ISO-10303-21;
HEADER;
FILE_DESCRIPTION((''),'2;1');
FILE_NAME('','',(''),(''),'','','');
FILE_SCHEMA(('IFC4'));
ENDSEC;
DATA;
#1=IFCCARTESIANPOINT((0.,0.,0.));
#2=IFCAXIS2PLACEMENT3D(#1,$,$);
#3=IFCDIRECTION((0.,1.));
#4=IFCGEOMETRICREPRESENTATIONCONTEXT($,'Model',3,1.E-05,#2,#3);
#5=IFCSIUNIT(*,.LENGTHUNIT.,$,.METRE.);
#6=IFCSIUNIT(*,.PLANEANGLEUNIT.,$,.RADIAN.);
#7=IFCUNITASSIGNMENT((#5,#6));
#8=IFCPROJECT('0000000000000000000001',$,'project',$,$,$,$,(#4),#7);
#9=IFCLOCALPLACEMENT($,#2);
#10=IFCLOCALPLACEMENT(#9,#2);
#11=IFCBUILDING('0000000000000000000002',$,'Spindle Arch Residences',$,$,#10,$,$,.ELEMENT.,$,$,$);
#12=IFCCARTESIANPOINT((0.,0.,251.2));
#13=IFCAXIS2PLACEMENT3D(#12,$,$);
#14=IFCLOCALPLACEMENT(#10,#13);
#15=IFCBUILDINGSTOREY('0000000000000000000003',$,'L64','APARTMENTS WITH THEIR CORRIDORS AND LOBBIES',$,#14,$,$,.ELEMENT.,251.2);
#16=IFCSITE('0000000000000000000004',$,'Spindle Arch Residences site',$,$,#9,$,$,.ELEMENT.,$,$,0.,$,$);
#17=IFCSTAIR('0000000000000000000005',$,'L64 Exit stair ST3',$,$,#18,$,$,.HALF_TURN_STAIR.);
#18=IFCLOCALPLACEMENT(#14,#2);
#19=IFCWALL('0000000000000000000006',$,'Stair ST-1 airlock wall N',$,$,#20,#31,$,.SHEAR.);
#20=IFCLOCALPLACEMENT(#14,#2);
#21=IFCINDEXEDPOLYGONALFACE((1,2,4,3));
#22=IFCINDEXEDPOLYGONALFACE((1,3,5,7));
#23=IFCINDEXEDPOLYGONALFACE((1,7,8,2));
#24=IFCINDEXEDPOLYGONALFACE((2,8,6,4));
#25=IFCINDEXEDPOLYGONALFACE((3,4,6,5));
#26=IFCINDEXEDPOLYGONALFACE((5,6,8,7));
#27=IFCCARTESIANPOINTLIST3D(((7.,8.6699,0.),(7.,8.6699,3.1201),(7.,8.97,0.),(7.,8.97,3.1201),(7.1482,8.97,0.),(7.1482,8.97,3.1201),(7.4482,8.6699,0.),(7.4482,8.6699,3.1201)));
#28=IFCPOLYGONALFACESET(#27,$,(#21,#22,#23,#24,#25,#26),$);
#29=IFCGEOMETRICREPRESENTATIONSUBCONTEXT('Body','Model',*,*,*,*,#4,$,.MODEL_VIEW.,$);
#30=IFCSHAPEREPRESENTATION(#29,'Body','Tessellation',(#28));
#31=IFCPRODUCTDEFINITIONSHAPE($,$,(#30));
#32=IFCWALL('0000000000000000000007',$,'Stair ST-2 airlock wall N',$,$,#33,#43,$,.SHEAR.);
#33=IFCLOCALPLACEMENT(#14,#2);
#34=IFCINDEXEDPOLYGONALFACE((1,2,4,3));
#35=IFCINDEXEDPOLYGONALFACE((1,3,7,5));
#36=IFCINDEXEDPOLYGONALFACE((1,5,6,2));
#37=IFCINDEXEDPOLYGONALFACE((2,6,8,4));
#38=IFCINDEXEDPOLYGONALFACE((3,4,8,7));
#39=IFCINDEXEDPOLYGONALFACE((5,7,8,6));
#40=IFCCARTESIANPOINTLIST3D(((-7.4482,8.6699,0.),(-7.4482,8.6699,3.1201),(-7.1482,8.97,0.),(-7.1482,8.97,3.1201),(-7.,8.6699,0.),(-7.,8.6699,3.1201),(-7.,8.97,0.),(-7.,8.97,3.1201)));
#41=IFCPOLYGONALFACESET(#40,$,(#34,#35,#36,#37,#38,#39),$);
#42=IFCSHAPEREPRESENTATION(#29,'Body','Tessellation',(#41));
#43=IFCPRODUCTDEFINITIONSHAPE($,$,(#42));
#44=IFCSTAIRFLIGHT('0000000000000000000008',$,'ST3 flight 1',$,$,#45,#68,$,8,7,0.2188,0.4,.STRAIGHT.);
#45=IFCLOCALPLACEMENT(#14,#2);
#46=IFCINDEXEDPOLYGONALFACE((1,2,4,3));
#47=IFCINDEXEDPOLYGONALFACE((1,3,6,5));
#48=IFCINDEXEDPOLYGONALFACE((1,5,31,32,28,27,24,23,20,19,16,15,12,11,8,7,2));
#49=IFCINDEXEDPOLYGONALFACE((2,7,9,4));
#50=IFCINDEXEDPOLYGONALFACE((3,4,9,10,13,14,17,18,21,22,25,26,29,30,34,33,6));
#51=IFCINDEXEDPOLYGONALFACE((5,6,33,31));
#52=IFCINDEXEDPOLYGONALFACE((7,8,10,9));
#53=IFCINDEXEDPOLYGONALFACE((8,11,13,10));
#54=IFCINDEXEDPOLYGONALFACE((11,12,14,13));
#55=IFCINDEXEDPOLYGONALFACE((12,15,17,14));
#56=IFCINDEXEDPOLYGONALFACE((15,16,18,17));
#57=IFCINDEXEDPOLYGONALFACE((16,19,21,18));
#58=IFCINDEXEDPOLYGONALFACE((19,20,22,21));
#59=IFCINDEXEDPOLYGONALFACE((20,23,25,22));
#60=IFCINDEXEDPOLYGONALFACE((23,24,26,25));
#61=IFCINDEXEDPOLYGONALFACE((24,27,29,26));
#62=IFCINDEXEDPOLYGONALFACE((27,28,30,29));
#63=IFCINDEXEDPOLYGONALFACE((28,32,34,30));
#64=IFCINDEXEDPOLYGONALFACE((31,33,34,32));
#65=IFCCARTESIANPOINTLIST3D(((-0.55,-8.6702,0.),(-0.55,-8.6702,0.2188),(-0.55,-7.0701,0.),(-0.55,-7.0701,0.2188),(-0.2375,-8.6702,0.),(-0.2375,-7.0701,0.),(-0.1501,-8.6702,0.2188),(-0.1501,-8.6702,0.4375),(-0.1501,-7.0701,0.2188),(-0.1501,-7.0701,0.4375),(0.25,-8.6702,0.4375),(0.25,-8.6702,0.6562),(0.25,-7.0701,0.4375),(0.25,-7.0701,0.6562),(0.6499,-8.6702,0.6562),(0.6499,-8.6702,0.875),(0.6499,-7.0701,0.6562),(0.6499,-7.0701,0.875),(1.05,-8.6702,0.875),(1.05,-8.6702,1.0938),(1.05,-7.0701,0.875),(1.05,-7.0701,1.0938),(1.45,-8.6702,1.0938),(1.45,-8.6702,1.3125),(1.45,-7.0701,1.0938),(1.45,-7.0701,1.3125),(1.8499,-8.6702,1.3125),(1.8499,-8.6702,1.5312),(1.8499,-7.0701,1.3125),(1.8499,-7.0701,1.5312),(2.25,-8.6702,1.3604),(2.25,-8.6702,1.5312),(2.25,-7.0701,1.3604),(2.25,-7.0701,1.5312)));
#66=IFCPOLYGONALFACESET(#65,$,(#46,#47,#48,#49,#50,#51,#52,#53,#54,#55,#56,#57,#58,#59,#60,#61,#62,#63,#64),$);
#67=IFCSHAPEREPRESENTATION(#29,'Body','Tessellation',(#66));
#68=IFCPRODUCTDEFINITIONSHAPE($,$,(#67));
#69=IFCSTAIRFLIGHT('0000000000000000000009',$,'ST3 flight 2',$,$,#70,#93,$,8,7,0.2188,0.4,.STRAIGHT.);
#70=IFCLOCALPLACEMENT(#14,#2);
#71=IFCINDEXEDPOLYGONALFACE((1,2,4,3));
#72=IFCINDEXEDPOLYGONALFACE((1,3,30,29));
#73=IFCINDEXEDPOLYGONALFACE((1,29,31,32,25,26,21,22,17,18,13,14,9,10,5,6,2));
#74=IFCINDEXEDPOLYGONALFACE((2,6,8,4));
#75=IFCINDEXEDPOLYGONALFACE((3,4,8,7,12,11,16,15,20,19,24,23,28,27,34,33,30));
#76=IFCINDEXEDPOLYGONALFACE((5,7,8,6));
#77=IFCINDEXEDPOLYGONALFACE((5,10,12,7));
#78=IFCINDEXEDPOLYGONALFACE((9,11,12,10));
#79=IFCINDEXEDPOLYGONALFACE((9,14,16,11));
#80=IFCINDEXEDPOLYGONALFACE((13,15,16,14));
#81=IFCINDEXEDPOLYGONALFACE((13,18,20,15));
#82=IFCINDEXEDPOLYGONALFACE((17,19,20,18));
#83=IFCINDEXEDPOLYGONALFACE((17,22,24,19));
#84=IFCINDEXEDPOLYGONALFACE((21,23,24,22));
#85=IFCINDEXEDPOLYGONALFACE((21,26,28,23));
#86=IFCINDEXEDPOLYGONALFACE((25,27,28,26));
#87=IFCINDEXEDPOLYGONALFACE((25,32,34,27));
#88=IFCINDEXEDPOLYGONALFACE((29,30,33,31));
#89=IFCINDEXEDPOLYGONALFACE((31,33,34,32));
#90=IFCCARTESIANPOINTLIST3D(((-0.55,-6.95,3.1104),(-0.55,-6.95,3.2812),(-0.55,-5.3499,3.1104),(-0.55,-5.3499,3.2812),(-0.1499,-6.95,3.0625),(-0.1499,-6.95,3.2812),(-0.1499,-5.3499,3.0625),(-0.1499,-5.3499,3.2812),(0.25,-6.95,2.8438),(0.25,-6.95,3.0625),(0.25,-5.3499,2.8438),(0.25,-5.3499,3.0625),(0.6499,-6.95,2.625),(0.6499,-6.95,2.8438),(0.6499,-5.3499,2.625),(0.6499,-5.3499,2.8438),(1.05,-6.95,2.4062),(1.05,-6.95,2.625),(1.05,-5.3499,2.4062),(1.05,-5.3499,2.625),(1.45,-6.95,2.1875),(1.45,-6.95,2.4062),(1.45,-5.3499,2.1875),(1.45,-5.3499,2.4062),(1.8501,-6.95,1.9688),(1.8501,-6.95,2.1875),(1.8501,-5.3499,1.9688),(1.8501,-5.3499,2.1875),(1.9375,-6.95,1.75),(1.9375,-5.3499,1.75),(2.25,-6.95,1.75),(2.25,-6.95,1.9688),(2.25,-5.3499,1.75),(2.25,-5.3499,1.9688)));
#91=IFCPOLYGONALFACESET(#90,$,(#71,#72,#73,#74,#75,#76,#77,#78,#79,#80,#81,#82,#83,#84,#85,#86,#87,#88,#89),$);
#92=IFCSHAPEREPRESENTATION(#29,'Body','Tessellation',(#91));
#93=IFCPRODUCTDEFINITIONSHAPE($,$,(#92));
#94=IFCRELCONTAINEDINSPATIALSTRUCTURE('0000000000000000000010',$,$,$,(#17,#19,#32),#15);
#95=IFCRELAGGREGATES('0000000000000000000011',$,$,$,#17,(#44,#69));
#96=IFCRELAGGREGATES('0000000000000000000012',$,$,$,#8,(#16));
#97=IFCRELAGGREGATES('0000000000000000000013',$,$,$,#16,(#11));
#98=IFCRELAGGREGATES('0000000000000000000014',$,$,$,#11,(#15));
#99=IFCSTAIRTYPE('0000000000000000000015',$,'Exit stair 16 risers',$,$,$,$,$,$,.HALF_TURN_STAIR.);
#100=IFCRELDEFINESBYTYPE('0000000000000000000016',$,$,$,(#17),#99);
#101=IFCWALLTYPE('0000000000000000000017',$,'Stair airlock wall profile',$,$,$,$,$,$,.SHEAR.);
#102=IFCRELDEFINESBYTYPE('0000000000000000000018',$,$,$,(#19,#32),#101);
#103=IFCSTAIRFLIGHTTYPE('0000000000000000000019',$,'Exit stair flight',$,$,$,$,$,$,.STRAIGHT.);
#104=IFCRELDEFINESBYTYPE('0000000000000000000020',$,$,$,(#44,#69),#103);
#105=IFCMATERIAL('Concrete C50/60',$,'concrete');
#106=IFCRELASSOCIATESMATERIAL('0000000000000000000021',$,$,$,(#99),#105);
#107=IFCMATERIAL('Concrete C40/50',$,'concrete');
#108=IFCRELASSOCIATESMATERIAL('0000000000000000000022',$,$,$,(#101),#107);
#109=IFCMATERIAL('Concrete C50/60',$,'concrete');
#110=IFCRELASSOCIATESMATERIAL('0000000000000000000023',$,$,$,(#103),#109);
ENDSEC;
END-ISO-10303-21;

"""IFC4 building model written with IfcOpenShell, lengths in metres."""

from ifc_helpers import new_model, si_unit, direction, frame, origin, place, context, subcontext, project, spatial, polyline, outline, extrude, material, type_object, element, aggregate, save


model = new_model("IFC4")

# Units and contexts
model_context = context("Model", 3, precision=1e-05, world=origin(), true_north=direction((0.0, 1.0)))
body_context = subcontext(model_context, "Body", "Model", "MODEL_VIEW")
ifc_project = project(units=[si_unit("LENGTHUNIT", "METRE"), si_unit("PLANEANGLEUNIT", "RADIAN")], contexts=[model_context])

# Site, building, storey
site_placement = place(None, origin())
site = spatial("IfcSite", under=ifc_project, at=site_placement, Name="Spindle Arch Residences site", CompositionType="ELEMENT", RefElevation=0.0)
building_placement = place(site_placement, origin())
building = spatial("IfcBuilding", under=site, at=building_placement, Name="Spindle Arch Residences", CompositionType="ELEMENT")
storey_placement = place(building_placement, frame((0.0, 0.0, 251.2)))
storey = spatial("IfcBuildingStorey", under=building, at=storey_placement, Name="L64", Description="APARTMENTS WITH THEIR CORRIDORS AND LOBBIES", CompositionType="ELEMENT", Elevation=251.2)

# Stair
ifc_material_1 = material(Name="Concrete C50/60", Category="concrete")
stair_type = type_object("IfcStairType", Name="Exit stair 16 risers", PredefinedType="HALF_TURN_STAIR", material=ifc_material_1)
stair_1_placement = place(storey_placement, origin())
stair_1 = element("IfcStair", 1, at=stair_1_placement, inside=storey, type_object=stair_type, Name="L64 Exit stair ST3", PredefinedType="HALF_TURN_STAIR")

# Walls
ifc_material_2 = material(Name="Concrete C40/50", Category="concrete")
wall_type_1 = type_object("IfcWallType", Name="Stair airlock wall profile", PredefinedType="SHEAR", material=ifc_material_2)
wall_1_placement = place(storey_placement, origin())
element("IfcWall", 2, at=wall_1_placement, inside=storey, type_object=wall_type_1, Name="Stair ST-1 airlock wall N", PredefinedType="SHEAR", context=body_context, shape_type="SweptSolid", body=[
    extrude(outline(polyline([(7.4482, 8.6699), (7.0, 8.6699), (7.0, 8.97), (7.1482, 8.97), (7.4482, 8.6699)])), origin(), (0.0, 0.0, 1.0), 3.1201),
])
wall_2_placement = place(storey_placement, origin())
element("IfcWall", 3, at=wall_2_placement, inside=storey, type_object=wall_type_1, Name="Stair ST-2 airlock wall N", PredefinedType="SHEAR", context=body_context, shape_type="SweptSolid", body=[
    extrude(outline(polyline([(-7.1482, 8.97), (-7.0, 8.97), (-7.0, 8.6699), (-7.4482, 8.6699), (-7.1482, 8.97)])), origin(), (0.0, 0.0, 1.0), 3.1201),
])

# Stair flights
ifc_material_3 = material(Name="Concrete C50/60", Category="concrete")
stair_flight_type = type_object("IfcStairFlightType", Name="Exit stair flight", PredefinedType="STRAIGHT", material=ifc_material_3)
stair_flight_1_placement = place(storey_placement, frame((-0.55, -7.8701, 0.0), z_axis=(0.0, 0.0, 1.0), x_axis=(1.0, 0.0, 0.0)))
stair_flight_1 = element("IfcStairFlight", 4, at=stair_flight_1_placement, type_object=stair_flight_type, Name="ST3 flight 1", NumberOfRisers=8, NumberOfTreads=7, PredefinedType="STRAIGHT", RiserHeight=0.2188, TreadLength=0.4, context=body_context, shape_type="SweptSolid", body=[
    extrude(outline(polyline([(0.0, 0.0), (0.0, 0.2188), (0.3999, 0.2188), (0.3999, 0.4375), (0.8, 0.4375), (0.8, 0.6562), (1.2, 0.6562), (1.2, 0.875), (1.6001, 0.875), (1.6001, 1.0938), (2.0, 1.0938), (2.0, 1.3125), (2.3999, 1.3125), (2.3999, 1.5312), (2.8, 1.5312), (2.8, 1.75), (2.8, 1.3604), (0.3125, 0.0), (0.0, 0.0)])), frame((0.0, 0.8, 0.0), z_axis=(0.0, -1.0, 0.0), x_axis=(1.0, 0.0, 0.0)), (0.0, 0.0, 1.0), 1.6001),
])
stair_flight_2_placement = place(storey_placement, frame((2.25, -6.1499, 1.75), z_axis=(0.0, 0.0, 1.0), x_axis=(-1.0, 0.0, 0.0)))
stair_flight_2 = element("IfcStairFlight", 5, at=stair_flight_2_placement, type_object=stair_flight_type, Name="ST3 flight 2", NumberOfRisers=8, NumberOfTreads=7, PredefinedType="STRAIGHT", RiserHeight=0.2188, TreadLength=0.4, context=body_context, shape_type="SweptSolid", body=[
    extrude(outline(polyline([(0.0, 0.0), (0.0, 0.2188), (0.3999, 0.2188), (0.3999, 0.4375), (0.8, 0.4375), (0.8, 0.6562), (1.2, 0.6562), (1.2, 0.875), (1.6001, 0.875), (1.6001, 1.0938), (2.0, 1.0938), (2.0, 1.3125), (2.3999, 1.3125), (2.3999, 1.5312), (2.8, 1.5312), (2.8, 1.75), (2.8, 1.3604), (0.3125, 0.0), (0.0, 0.0)])), frame((0.0, 0.8, 0.0), z_axis=(0.0, -1.0, 0.0), x_axis=(1.0, 0.0, 0.0)), (0.0, 0.0, 1.0), 1.6001),
])
aggregate(stair_1, [stair_flight_1, stair_flight_2])

save(model, "model.ifc")
